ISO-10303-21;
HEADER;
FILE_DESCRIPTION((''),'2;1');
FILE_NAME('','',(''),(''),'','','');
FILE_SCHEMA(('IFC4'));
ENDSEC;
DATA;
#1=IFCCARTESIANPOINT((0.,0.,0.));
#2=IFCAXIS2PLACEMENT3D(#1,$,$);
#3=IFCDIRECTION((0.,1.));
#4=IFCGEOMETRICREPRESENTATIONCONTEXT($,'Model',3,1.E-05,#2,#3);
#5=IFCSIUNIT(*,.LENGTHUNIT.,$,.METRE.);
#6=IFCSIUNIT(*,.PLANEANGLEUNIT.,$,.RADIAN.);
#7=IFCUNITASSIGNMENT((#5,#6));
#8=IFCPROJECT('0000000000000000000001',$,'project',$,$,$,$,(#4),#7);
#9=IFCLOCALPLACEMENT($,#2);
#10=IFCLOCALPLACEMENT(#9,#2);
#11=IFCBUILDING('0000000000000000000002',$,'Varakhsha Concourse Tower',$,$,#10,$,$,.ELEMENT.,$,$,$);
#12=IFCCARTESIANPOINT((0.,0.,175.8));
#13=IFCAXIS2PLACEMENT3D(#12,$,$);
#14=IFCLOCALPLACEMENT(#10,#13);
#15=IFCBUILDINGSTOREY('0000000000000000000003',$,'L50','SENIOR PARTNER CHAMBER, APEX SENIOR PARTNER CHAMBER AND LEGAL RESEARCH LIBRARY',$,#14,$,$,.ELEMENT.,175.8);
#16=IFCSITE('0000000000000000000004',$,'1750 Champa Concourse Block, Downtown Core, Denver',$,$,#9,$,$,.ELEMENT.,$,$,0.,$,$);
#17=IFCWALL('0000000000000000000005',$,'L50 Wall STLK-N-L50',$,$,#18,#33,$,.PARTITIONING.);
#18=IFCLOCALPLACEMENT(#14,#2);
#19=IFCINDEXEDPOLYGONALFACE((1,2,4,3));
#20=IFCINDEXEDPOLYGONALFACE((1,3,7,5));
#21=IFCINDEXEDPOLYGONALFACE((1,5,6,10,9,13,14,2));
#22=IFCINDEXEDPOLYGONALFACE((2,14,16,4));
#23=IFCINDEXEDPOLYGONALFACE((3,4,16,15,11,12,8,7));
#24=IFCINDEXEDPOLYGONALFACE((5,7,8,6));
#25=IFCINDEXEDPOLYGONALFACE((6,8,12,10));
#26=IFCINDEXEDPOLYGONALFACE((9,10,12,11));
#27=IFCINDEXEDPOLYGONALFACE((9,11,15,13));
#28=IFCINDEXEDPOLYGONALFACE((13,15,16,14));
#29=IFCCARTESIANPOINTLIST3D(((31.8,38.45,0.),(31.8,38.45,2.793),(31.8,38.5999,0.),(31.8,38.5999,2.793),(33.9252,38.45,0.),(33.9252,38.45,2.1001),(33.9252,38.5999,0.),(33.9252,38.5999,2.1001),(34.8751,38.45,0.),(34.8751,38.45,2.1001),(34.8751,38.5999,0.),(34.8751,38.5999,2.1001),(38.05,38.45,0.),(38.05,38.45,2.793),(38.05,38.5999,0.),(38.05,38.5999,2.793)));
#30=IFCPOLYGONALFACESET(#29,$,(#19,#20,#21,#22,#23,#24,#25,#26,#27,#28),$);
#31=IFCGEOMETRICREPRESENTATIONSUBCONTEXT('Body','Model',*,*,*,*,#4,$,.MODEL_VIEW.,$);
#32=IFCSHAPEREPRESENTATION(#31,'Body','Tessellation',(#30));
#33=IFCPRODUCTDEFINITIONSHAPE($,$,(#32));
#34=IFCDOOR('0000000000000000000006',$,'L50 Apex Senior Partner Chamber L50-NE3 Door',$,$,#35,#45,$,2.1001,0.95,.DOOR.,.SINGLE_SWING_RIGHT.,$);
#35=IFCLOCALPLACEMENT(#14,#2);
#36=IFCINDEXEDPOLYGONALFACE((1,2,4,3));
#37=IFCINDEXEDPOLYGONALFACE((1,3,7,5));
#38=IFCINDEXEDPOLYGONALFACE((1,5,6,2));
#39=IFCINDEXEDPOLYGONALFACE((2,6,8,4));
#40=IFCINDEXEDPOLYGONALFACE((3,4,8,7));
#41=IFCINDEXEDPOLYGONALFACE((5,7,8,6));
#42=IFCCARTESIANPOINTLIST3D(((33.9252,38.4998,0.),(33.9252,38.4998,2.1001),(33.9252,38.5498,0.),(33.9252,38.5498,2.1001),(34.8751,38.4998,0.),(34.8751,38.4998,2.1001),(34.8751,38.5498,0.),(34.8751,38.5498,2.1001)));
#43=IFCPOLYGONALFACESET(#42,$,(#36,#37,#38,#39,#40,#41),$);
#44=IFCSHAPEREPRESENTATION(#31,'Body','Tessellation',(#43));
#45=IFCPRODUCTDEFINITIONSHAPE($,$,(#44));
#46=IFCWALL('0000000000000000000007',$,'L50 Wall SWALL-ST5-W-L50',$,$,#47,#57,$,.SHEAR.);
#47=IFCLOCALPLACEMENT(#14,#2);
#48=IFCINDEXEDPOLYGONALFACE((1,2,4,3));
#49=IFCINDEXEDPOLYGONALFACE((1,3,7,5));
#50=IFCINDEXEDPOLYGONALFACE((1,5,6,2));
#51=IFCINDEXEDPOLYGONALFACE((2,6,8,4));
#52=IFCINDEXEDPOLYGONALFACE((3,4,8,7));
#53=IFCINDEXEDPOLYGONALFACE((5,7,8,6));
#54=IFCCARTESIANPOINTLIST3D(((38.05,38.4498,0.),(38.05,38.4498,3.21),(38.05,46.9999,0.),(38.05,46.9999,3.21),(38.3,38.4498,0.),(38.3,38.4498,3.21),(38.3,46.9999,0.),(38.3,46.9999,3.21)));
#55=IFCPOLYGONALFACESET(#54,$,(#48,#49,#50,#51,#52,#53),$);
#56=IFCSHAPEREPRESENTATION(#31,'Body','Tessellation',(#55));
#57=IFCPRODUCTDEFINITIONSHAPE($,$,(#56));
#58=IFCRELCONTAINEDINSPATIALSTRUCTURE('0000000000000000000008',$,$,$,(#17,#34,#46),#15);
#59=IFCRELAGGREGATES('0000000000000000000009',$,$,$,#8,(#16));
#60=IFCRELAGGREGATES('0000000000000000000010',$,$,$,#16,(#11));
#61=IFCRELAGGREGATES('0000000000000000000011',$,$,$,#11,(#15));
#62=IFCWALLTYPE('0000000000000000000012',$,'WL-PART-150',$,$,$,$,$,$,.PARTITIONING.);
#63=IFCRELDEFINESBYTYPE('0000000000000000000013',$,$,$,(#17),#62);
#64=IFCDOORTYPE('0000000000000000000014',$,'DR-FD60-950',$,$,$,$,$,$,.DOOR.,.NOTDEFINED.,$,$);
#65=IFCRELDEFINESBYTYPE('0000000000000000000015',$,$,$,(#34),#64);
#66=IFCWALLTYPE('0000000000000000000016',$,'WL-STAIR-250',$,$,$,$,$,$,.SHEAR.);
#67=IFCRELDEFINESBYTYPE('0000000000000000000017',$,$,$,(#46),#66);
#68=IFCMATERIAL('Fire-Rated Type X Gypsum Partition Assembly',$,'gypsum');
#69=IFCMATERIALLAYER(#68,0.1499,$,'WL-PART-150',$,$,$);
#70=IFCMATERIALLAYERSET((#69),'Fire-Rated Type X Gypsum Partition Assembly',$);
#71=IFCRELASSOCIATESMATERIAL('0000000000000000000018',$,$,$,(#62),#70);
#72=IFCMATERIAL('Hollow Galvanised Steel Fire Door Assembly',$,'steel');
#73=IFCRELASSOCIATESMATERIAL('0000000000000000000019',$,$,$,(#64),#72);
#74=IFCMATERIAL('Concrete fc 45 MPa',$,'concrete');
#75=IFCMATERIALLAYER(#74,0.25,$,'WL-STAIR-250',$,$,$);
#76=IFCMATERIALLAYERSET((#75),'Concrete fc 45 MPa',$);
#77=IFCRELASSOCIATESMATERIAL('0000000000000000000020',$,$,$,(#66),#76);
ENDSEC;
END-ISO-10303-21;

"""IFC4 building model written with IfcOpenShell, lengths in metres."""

from ifc_helpers import new_model, si_unit, direction, frame, frame_2d, origin, place, context, subcontext, project, spatial, rectangle, extrude, material, layer, layer_set, type_object, element, fill, save


model = new_model("IFC4")

# Units and contexts
model_context = context("Model", 3, precision=1e-05, world=origin(), true_north=direction((0.0, 1.0)))
body_context = subcontext(model_context, "Body", "Model", "MODEL_VIEW")
ifc_project = project(units=[si_unit("LENGTHUNIT", "METRE"), si_unit("PLANEANGLEUNIT", "RADIAN")], contexts=[model_context])

# Site, building, storey
site_placement = place(None, origin())
site = spatial("IfcSite", under=ifc_project, at=site_placement, Name="1750 Champa Concourse Block, Downtown Core, Denver", CompositionType="ELEMENT", RefElevation=0.0)
building_placement = place(site_placement, origin())
building = spatial("IfcBuilding", under=site, at=building_placement, Name="Varakhsha Concourse Tower", CompositionType="ELEMENT")
storey_placement = place(building_placement, frame((0.0, 0.0, 175.8)))
storey = spatial("IfcBuildingStorey", under=building, at=storey_placement, Name="L50", Description="SENIOR PARTNER CHAMBER, APEX SENIOR PARTNER CHAMBER AND LEGAL RESEARCH LIBRARY", CompositionType="ELEMENT", Elevation=175.8)

# Shared definitions
ifc_material_1 = material(Name="Concrete fc 45 MPa", Category="concrete")
ifc_material_2 = material(Name="Fire-Rated Type X Gypsum Partition Assembly", Category="gypsum")
ifc_layer_1 = layer(ifc_material_2, 0.1499, Name="WL-PART-150")
ifc_layer_set_1 = layer_set([ifc_layer_1], Name="Fire-Rated Type X Gypsum Partition Assembly")
wall_type_1 = type_object("IfcWallType", Name="WL-PART-150", PredefinedType="PARTITIONING", material=ifc_layer_set_1)

# Wall, opening, door
wall_1_placement = place(storey_placement, frame((31.8, 38.5249, 0.0), z_axis=(0.0, 0.0, 1.0), x_axis=(1.0, 0.0, 0.0)))
wall_1 = element("IfcWall", 1, at=wall_1_placement, inside=storey, type_object=wall_type_1, Name="L50 Wall STLK-N-L50", PredefinedType="PARTITIONING", context=body_context, shape_type="SweptSolid", body=[
    extrude(rectangle(XDim=6.25, YDim=0.1499, at=frame_2d((3.125, 0.0))), origin(), (0.0, 0.0, 1.0), 2.793),
])
opening_placement = place(wall_1_placement, frame((2.125, 0.0, 0.0)))
opening = element("IfcOpeningElement", 2, at=opening_placement, cuts=wall_1, PredefinedType="OPENING", context=body_context, shape_type="SweptSolid", body=[
    extrude(rectangle(XDim=0.95, YDim=2.1001, at=frame_2d((0.4751, 1.05))), frame((0.0, 0.085, 0.0), z_axis=(0.0, -1.0, 0.0), x_axis=(1.0, 0.0, 0.0)), (0.0, 0.0, 1.0), 0.1699),
])
ifc_material_3 = material(Name="Hollow Galvanised Steel Fire Door Assembly", Category="steel")
door_type = type_object("IfcDoorType", Name="DR-FD60-950", OperationType="NOTDEFINED", PredefinedType="DOOR", material=ifc_material_3)
door_placement = place(opening_placement, origin())
door = element("IfcDoor", 3, at=door_placement, inside=storey, type_object=door_type, Name="L50 Apex Senior Partner Chamber L50-NE3 Door", OperationType="SINGLE_SWING_RIGHT", OverallHeight=2.1001, OverallWidth=0.95, PredefinedType="DOOR", context=body_context, shape_type="SweptSolid", body=[
    extrude(rectangle(XDim=0.95, YDim=2.1001, at=frame_2d((0.4751, 1.05))), frame((0.0, 0.0249, 0.0), z_axis=(0.0, -1.0, 0.0), x_axis=(1.0, 0.0, 0.0)), (0.0, 0.0, 1.0), 0.05),
])
fill(opening, door)

# Wall
ifc_layer_2 = layer(ifc_material_1, 0.25, Name="WL-STAIR-250")
ifc_layer_set_2 = layer_set([ifc_layer_2], Name="Concrete fc 45 MPa")
wall_type_2 = type_object("IfcWallType", Name="WL-STAIR-250", PredefinedType="SHEAR", material=ifc_layer_set_2)
wall_2_placement = place(storey_placement, frame((38.175, 38.45, 0.0), z_axis=(0.0, 0.0, 1.0), x_axis=(0.0, 1.0, 0.0)))
element("IfcWall", 4, at=wall_2_placement, inside=storey, type_object=wall_type_2, Name="L50 Wall SWALL-ST5-W-L50", PredefinedType="SHEAR", context=body_context, shape_type="SweptSolid", body=[
    extrude(rectangle(XDim=8.55, YDim=0.25, at=frame_2d((4.2749, 0.0))), origin(), (0.0, 0.0, 1.0), 3.21),
])

save(model, "model.ifc")
